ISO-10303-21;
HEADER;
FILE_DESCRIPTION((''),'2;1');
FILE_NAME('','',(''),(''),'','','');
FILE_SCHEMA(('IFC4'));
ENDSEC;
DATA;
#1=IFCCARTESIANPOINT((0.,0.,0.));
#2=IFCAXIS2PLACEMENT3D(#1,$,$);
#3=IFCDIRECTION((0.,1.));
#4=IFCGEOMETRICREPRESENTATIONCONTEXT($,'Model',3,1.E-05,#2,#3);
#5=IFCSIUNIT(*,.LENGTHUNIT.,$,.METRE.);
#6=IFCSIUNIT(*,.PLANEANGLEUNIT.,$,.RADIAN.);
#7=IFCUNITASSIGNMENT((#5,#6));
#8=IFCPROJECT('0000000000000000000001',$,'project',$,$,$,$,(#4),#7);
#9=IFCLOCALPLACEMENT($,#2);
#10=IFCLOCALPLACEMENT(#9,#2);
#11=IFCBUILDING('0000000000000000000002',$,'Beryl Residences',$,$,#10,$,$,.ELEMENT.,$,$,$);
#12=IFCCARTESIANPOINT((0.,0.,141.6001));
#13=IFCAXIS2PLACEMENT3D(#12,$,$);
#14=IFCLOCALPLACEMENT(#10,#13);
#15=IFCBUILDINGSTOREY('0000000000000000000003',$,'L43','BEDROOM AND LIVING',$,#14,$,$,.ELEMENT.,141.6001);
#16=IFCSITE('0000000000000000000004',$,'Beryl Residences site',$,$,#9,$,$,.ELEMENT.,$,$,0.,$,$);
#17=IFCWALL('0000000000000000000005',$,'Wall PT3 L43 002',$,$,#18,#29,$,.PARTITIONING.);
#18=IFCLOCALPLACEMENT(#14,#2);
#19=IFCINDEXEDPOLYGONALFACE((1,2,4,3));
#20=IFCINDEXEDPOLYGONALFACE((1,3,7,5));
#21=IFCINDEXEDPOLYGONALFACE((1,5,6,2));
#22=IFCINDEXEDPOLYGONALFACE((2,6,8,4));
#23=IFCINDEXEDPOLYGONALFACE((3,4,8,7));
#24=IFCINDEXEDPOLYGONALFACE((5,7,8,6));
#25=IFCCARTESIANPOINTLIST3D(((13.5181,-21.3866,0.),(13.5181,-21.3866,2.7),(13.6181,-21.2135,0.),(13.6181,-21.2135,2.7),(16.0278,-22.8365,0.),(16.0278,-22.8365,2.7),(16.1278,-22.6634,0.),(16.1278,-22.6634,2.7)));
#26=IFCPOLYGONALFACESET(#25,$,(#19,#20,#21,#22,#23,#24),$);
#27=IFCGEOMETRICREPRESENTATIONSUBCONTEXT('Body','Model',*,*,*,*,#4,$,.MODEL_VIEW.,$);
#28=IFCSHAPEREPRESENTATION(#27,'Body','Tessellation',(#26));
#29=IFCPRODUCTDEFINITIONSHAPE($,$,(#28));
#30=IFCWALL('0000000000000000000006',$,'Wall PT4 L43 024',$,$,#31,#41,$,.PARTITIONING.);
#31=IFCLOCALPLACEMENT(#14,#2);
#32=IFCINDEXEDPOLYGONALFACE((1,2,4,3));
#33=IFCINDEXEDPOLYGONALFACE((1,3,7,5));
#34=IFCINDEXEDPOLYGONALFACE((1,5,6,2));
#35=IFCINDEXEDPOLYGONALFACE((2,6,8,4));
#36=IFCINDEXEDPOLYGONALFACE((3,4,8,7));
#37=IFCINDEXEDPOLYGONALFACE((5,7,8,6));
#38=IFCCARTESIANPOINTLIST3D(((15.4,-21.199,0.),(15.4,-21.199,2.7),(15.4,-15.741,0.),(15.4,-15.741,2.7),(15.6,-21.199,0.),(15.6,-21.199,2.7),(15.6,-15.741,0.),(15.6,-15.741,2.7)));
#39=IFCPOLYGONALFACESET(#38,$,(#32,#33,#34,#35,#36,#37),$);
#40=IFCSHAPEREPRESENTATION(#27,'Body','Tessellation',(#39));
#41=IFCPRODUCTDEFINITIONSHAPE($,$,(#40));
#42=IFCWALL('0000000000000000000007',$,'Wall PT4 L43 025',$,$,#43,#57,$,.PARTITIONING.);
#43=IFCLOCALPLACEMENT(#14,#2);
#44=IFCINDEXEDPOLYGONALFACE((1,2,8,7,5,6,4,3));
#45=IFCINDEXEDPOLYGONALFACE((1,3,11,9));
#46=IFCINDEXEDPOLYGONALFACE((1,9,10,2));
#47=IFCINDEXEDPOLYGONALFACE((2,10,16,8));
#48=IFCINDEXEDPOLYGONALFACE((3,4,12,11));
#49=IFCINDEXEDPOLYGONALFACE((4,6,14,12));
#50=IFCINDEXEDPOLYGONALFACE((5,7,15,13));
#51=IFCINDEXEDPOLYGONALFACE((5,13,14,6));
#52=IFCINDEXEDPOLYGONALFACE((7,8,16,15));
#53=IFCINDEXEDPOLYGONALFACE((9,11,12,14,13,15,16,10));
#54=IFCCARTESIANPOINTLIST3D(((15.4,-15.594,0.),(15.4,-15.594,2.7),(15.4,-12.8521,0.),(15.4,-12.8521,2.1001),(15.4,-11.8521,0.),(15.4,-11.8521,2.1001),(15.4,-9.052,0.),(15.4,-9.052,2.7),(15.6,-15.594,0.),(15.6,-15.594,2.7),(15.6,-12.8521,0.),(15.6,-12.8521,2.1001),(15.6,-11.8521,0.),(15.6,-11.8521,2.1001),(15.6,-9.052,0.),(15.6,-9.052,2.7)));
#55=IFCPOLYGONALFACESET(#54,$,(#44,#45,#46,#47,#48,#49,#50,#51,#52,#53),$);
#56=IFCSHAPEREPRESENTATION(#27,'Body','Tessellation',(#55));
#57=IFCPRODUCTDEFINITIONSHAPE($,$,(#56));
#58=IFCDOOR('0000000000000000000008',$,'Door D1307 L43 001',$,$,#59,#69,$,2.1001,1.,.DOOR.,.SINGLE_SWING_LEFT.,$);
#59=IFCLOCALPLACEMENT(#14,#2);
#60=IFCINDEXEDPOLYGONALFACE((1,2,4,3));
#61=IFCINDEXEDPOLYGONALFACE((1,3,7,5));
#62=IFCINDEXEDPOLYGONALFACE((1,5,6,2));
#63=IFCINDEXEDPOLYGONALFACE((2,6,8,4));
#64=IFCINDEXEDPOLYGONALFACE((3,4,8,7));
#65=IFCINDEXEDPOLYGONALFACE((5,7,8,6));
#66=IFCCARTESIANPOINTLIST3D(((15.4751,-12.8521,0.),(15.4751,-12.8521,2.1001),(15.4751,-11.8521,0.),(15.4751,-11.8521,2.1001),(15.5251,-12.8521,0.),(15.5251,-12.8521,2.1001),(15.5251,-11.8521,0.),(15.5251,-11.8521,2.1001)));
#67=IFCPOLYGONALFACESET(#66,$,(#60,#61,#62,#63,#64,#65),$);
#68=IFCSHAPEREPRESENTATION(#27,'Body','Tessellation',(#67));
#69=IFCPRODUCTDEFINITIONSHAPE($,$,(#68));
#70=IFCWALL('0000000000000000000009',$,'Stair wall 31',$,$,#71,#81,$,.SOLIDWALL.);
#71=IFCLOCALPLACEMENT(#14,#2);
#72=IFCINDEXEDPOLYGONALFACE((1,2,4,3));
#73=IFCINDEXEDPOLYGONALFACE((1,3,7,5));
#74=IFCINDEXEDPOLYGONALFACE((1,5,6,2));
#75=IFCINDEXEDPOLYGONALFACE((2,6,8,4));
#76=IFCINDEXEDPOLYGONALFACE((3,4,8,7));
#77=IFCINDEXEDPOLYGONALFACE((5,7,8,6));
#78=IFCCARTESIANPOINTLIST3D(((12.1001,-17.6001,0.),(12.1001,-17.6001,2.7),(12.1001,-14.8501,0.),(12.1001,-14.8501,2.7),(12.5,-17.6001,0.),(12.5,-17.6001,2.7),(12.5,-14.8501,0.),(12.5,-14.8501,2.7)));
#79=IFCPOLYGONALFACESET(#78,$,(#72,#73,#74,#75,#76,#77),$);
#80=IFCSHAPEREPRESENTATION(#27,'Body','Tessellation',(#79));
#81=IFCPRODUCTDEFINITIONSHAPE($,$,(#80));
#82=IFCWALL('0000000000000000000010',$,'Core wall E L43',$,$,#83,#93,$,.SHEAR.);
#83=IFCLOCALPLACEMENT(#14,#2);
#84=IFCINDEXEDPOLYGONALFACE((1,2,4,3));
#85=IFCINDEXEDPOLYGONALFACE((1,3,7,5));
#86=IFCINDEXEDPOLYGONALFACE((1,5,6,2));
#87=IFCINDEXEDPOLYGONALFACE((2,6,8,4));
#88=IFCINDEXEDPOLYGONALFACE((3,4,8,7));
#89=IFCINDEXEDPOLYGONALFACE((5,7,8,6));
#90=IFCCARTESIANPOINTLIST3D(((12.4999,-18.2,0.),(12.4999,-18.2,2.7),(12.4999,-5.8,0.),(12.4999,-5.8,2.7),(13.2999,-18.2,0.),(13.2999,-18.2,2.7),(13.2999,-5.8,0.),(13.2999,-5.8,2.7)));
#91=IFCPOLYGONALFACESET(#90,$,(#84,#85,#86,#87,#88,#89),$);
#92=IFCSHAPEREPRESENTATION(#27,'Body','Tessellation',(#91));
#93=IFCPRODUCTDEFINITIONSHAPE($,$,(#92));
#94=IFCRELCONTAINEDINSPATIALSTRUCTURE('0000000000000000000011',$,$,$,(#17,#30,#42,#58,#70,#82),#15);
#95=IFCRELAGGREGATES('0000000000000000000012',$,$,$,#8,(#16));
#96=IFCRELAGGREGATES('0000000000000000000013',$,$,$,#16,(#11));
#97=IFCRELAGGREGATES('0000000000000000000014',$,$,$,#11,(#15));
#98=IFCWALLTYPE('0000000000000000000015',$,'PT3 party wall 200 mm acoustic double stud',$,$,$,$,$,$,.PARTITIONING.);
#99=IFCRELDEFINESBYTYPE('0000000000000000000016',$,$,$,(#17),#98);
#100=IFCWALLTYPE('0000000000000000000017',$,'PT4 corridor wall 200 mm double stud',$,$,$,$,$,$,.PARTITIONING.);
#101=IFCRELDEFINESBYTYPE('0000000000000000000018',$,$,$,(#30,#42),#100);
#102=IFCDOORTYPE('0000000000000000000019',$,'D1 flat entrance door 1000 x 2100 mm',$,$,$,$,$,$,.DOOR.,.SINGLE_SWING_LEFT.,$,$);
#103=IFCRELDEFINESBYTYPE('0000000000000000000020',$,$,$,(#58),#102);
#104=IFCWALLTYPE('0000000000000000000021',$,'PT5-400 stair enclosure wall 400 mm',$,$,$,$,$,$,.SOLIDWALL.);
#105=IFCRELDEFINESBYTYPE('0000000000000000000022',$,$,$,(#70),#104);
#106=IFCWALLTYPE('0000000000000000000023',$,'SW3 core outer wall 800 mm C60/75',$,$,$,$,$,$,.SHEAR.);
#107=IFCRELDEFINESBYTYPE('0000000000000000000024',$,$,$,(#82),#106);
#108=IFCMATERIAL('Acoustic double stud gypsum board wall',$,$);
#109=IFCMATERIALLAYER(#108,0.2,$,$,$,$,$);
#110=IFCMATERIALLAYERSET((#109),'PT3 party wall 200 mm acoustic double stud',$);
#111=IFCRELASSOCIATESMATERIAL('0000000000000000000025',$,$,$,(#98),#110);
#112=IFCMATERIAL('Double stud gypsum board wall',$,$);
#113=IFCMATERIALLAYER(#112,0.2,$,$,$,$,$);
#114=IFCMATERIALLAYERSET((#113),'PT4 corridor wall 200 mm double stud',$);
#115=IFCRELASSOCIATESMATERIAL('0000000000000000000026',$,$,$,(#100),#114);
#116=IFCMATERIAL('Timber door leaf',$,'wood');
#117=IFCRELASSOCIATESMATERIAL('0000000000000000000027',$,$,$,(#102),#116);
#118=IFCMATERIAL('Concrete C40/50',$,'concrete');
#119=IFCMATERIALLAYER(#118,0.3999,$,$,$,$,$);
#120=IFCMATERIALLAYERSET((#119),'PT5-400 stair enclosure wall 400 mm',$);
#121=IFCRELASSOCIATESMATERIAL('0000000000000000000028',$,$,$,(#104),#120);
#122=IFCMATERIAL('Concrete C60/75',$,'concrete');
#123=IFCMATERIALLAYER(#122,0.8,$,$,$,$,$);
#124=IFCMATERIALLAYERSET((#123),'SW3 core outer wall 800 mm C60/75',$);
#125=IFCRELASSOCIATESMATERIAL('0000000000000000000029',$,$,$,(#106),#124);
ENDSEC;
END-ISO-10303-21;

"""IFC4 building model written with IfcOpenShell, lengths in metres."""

from ifc_helpers import new_model, si_unit, direction, frame, frame_2d, origin, place, context, subcontext, project, spatial, rectangle, extrude, material, layer, layer_set, type_object, element, fill, save


model = new_model("IFC4")

# Units and contexts
model_context = context("Model", 3, precision=1e-05, world=origin(), true_north=direction((0.0, 1.0)))
body_context = subcontext(model_context, "Body", "Model", "MODEL_VIEW")
ifc_project = project(units=[si_unit("LENGTHUNIT", "METRE"), si_unit("PLANEANGLEUNIT", "RADIAN")], contexts=[model_context])

# Site, building, storey
site_placement = place(None, origin())
site = spatial("IfcSite", under=ifc_project, at=site_placement, Name="Beryl Residences site", CompositionType="ELEMENT", RefElevation=0.0)
building_placement = place(site_placement, origin())
building = spatial("IfcBuilding", under=site, at=building_placement, Name="Beryl Residences", CompositionType="ELEMENT")
storey_placement = place(building_placement, frame((0.0, 0.0, 141.6001)))
storey = spatial("IfcBuildingStorey", under=building, at=storey_placement, Name="L43", Description="BEDROOM AND LIVING", CompositionType="ELEMENT", Elevation=141.6001)

# Walls
ifc_material_1 = material(Name="Acoustic double stud gypsum board wall")
ifc_layer_1 = layer(ifc_material_1, 0.2)
ifc_layer_set_1 = layer_set([ifc_layer_1], Name="PT3 party wall 200 mm acoustic double stud")
wall_type_1 = type_object("IfcWallType", Name="PT3 party wall 200 mm acoustic double stud", PredefinedType="PARTITIONING", material=ifc_layer_set_1)
wall_1_placement = place(storey_placement, frame((13.5681, -21.3, 0.0), z_axis=(0.0, 0.0, 1.0), x_axis=(0.865885, -0.500243, 0.0)))
element("IfcWall", 1, at=wall_1_placement, inside=storey, type_object=wall_type_1, Name="Wall PT3 L43 002", PredefinedType="PARTITIONING", context=body_context, shape_type="SweptSolid", body=[
    extrude(rectangle(XDim=2.8984, YDim=0.2, at=frame_2d((1.4492, 0.0))), origin(), (0.0, 0.0, 1.0), 2.7),
])
ifc_material_2 = material(Name="Double stud gypsum board wall")
ifc_layer_2 = layer(ifc_material_2, 0.2)
ifc_layer_set_2 = layer_set([ifc_layer_2], Name="PT4 corridor wall 200 mm double stud")
wall_type_2 = type_object("IfcWallType", Name="PT4 corridor wall 200 mm double stud", PredefinedType="PARTITIONING", material=ifc_layer_set_2)
wall_2_placement = place(storey_placement, frame((15.5, -21.199, 0.0), z_axis=(0.0, 0.0, 1.0), x_axis=(0.0, 1.0, 0.0)))
element("IfcWall", 2, at=wall_2_placement, inside=storey, type_object=wall_type_2, Name="Wall PT4 L43 024", PredefinedType="PARTITIONING", context=body_context, shape_type="SweptSolid", body=[
    extrude(rectangle(XDim=5.458, YDim=0.2, at=frame_2d((2.729, 0.0))), origin(), (0.0, 0.0, 1.0), 2.7),
])

# Wall, opening, door
wall_3_placement = place(storey_placement, frame((15.5, -15.594, 0.0), z_axis=(0.0, 0.0, 1.0), x_axis=(0.0, 1.0, 0.0)))
wall_3 = element("IfcWall", 3, at=wall_3_placement, inside=storey, type_object=wall_type_2, Name="Wall PT4 L43 025", PredefinedType="PARTITIONING", context=body_context, shape_type="SweptSolid", body=[
    extrude(rectangle(XDim=6.542, YDim=0.2, at=frame_2d((3.271, 0.0))), origin(), (0.0, 0.0, 1.0), 2.7),
])
opening_1_placement = place(wall_3_placement, frame((2.7419, 0.0, 0.0)))
opening_1 = element("IfcOpeningElement", 4, at=opening_1_placement, cuts=wall_3, PredefinedType="OPENING", context=body_context, shape_type="SweptSolid", body=[
    extrude(rectangle(XDim=1.0, YDim=2.1001, at=frame_2d((0.5, 1.05))), frame((0.0, 0.1099, 0.0), z_axis=(0.0, -1.0, 0.0), x_axis=(1.0, 0.0, 0.0)), (0.0, 0.0, 1.0), 0.22),
])
ifc_material_3 = material(Name="Timber door leaf", Category="wood")
door_type_1 = type_object("IfcDoorType", Name="D1 flat entrance door 1000 x 2100 mm", OperationType="SINGLE_SWING_LEFT", PredefinedType="DOOR", material=ifc_material_3)
door_1_placement = place(opening_1_placement, origin())
door_1 = element("IfcDoor", 5, at=door_1_placement, inside=storey, type_object=door_type_1, Name="Door D1307 L43 001", OperationType="SINGLE_SWING_LEFT", OverallHeight=2.1001, OverallWidth=1.0, PredefinedType="DOOR", context=body_context, shape_type="SweptSolid", body=[
    extrude(rectangle(XDim=1.0, YDim=2.1001, at=frame_2d((0.5, 1.05))), frame((0.0, 0.0249, 0.0), z_axis=(0.0, -1.0, 0.0), x_axis=(1.0, 0.0, 0.0)), (0.0, 0.0, 1.0), 0.05),
])
fill(opening_1, door_1)

# Walls
ifc_material_4 = material(Name="Concrete C40/50", Category="concrete")
ifc_layer_3 = layer(ifc_material_4, 0.3999)
ifc_layer_set_3 = layer_set([ifc_layer_3], Name="PT5-400 stair enclosure wall 400 mm")
wall_type_3 = type_object("IfcWallType", Name="PT5-400 stair enclosure wall 400 mm", PredefinedType="SOLIDWALL", material=ifc_layer_set_3)
wall_4_placement = place(storey_placement, frame((12.3, -17.6001, 0.0), z_axis=(0.0, 0.0, 1.0), x_axis=(0.0, 1.0, 0.0)))
element("IfcWall", 6, at=wall_4_placement, inside=storey, type_object=wall_type_3, Name="Stair wall 31", PredefinedType="SOLIDWALL", context=body_context, shape_type="SweptSolid", body=[
    extrude(rectangle(XDim=2.75, YDim=0.3999, at=frame_2d((1.375, 0.0))), origin(), (0.0, 0.0, 1.0), 2.7),
])
ifc_material_5 = material(Name="Concrete C60/75", Category="concrete")
ifc_layer_4 = layer(ifc_material_5, 0.8)
ifc_layer_set_4 = layer_set([ifc_layer_4], Name="SW3 core outer wall 800 mm C60/75")
wall_type_4 = type_object("IfcWallType", Name="SW3 core outer wall 800 mm C60/75", PredefinedType="SHEAR", material=ifc_layer_set_4)
wall_5_placement = place(storey_placement, frame((12.8999, -18.2, 0.0), z_axis=(0.0, 0.0, 1.0), x_axis=(0.0, 1.0, 0.0)))
element("IfcWall", 7, at=wall_5_placement, inside=storey, type_object=wall_type_4, Name="Core wall E L43", PredefinedType="SHEAR", context=body_context, shape_type="SweptSolid", body=[
    extrude(rectangle(XDim=12.3999, YDim=0.8, at=frame_2d((6.2, 0.0))), origin(), (0.0, 0.0, 1.0), 2.7),
])

save(model, "model.ifc")
